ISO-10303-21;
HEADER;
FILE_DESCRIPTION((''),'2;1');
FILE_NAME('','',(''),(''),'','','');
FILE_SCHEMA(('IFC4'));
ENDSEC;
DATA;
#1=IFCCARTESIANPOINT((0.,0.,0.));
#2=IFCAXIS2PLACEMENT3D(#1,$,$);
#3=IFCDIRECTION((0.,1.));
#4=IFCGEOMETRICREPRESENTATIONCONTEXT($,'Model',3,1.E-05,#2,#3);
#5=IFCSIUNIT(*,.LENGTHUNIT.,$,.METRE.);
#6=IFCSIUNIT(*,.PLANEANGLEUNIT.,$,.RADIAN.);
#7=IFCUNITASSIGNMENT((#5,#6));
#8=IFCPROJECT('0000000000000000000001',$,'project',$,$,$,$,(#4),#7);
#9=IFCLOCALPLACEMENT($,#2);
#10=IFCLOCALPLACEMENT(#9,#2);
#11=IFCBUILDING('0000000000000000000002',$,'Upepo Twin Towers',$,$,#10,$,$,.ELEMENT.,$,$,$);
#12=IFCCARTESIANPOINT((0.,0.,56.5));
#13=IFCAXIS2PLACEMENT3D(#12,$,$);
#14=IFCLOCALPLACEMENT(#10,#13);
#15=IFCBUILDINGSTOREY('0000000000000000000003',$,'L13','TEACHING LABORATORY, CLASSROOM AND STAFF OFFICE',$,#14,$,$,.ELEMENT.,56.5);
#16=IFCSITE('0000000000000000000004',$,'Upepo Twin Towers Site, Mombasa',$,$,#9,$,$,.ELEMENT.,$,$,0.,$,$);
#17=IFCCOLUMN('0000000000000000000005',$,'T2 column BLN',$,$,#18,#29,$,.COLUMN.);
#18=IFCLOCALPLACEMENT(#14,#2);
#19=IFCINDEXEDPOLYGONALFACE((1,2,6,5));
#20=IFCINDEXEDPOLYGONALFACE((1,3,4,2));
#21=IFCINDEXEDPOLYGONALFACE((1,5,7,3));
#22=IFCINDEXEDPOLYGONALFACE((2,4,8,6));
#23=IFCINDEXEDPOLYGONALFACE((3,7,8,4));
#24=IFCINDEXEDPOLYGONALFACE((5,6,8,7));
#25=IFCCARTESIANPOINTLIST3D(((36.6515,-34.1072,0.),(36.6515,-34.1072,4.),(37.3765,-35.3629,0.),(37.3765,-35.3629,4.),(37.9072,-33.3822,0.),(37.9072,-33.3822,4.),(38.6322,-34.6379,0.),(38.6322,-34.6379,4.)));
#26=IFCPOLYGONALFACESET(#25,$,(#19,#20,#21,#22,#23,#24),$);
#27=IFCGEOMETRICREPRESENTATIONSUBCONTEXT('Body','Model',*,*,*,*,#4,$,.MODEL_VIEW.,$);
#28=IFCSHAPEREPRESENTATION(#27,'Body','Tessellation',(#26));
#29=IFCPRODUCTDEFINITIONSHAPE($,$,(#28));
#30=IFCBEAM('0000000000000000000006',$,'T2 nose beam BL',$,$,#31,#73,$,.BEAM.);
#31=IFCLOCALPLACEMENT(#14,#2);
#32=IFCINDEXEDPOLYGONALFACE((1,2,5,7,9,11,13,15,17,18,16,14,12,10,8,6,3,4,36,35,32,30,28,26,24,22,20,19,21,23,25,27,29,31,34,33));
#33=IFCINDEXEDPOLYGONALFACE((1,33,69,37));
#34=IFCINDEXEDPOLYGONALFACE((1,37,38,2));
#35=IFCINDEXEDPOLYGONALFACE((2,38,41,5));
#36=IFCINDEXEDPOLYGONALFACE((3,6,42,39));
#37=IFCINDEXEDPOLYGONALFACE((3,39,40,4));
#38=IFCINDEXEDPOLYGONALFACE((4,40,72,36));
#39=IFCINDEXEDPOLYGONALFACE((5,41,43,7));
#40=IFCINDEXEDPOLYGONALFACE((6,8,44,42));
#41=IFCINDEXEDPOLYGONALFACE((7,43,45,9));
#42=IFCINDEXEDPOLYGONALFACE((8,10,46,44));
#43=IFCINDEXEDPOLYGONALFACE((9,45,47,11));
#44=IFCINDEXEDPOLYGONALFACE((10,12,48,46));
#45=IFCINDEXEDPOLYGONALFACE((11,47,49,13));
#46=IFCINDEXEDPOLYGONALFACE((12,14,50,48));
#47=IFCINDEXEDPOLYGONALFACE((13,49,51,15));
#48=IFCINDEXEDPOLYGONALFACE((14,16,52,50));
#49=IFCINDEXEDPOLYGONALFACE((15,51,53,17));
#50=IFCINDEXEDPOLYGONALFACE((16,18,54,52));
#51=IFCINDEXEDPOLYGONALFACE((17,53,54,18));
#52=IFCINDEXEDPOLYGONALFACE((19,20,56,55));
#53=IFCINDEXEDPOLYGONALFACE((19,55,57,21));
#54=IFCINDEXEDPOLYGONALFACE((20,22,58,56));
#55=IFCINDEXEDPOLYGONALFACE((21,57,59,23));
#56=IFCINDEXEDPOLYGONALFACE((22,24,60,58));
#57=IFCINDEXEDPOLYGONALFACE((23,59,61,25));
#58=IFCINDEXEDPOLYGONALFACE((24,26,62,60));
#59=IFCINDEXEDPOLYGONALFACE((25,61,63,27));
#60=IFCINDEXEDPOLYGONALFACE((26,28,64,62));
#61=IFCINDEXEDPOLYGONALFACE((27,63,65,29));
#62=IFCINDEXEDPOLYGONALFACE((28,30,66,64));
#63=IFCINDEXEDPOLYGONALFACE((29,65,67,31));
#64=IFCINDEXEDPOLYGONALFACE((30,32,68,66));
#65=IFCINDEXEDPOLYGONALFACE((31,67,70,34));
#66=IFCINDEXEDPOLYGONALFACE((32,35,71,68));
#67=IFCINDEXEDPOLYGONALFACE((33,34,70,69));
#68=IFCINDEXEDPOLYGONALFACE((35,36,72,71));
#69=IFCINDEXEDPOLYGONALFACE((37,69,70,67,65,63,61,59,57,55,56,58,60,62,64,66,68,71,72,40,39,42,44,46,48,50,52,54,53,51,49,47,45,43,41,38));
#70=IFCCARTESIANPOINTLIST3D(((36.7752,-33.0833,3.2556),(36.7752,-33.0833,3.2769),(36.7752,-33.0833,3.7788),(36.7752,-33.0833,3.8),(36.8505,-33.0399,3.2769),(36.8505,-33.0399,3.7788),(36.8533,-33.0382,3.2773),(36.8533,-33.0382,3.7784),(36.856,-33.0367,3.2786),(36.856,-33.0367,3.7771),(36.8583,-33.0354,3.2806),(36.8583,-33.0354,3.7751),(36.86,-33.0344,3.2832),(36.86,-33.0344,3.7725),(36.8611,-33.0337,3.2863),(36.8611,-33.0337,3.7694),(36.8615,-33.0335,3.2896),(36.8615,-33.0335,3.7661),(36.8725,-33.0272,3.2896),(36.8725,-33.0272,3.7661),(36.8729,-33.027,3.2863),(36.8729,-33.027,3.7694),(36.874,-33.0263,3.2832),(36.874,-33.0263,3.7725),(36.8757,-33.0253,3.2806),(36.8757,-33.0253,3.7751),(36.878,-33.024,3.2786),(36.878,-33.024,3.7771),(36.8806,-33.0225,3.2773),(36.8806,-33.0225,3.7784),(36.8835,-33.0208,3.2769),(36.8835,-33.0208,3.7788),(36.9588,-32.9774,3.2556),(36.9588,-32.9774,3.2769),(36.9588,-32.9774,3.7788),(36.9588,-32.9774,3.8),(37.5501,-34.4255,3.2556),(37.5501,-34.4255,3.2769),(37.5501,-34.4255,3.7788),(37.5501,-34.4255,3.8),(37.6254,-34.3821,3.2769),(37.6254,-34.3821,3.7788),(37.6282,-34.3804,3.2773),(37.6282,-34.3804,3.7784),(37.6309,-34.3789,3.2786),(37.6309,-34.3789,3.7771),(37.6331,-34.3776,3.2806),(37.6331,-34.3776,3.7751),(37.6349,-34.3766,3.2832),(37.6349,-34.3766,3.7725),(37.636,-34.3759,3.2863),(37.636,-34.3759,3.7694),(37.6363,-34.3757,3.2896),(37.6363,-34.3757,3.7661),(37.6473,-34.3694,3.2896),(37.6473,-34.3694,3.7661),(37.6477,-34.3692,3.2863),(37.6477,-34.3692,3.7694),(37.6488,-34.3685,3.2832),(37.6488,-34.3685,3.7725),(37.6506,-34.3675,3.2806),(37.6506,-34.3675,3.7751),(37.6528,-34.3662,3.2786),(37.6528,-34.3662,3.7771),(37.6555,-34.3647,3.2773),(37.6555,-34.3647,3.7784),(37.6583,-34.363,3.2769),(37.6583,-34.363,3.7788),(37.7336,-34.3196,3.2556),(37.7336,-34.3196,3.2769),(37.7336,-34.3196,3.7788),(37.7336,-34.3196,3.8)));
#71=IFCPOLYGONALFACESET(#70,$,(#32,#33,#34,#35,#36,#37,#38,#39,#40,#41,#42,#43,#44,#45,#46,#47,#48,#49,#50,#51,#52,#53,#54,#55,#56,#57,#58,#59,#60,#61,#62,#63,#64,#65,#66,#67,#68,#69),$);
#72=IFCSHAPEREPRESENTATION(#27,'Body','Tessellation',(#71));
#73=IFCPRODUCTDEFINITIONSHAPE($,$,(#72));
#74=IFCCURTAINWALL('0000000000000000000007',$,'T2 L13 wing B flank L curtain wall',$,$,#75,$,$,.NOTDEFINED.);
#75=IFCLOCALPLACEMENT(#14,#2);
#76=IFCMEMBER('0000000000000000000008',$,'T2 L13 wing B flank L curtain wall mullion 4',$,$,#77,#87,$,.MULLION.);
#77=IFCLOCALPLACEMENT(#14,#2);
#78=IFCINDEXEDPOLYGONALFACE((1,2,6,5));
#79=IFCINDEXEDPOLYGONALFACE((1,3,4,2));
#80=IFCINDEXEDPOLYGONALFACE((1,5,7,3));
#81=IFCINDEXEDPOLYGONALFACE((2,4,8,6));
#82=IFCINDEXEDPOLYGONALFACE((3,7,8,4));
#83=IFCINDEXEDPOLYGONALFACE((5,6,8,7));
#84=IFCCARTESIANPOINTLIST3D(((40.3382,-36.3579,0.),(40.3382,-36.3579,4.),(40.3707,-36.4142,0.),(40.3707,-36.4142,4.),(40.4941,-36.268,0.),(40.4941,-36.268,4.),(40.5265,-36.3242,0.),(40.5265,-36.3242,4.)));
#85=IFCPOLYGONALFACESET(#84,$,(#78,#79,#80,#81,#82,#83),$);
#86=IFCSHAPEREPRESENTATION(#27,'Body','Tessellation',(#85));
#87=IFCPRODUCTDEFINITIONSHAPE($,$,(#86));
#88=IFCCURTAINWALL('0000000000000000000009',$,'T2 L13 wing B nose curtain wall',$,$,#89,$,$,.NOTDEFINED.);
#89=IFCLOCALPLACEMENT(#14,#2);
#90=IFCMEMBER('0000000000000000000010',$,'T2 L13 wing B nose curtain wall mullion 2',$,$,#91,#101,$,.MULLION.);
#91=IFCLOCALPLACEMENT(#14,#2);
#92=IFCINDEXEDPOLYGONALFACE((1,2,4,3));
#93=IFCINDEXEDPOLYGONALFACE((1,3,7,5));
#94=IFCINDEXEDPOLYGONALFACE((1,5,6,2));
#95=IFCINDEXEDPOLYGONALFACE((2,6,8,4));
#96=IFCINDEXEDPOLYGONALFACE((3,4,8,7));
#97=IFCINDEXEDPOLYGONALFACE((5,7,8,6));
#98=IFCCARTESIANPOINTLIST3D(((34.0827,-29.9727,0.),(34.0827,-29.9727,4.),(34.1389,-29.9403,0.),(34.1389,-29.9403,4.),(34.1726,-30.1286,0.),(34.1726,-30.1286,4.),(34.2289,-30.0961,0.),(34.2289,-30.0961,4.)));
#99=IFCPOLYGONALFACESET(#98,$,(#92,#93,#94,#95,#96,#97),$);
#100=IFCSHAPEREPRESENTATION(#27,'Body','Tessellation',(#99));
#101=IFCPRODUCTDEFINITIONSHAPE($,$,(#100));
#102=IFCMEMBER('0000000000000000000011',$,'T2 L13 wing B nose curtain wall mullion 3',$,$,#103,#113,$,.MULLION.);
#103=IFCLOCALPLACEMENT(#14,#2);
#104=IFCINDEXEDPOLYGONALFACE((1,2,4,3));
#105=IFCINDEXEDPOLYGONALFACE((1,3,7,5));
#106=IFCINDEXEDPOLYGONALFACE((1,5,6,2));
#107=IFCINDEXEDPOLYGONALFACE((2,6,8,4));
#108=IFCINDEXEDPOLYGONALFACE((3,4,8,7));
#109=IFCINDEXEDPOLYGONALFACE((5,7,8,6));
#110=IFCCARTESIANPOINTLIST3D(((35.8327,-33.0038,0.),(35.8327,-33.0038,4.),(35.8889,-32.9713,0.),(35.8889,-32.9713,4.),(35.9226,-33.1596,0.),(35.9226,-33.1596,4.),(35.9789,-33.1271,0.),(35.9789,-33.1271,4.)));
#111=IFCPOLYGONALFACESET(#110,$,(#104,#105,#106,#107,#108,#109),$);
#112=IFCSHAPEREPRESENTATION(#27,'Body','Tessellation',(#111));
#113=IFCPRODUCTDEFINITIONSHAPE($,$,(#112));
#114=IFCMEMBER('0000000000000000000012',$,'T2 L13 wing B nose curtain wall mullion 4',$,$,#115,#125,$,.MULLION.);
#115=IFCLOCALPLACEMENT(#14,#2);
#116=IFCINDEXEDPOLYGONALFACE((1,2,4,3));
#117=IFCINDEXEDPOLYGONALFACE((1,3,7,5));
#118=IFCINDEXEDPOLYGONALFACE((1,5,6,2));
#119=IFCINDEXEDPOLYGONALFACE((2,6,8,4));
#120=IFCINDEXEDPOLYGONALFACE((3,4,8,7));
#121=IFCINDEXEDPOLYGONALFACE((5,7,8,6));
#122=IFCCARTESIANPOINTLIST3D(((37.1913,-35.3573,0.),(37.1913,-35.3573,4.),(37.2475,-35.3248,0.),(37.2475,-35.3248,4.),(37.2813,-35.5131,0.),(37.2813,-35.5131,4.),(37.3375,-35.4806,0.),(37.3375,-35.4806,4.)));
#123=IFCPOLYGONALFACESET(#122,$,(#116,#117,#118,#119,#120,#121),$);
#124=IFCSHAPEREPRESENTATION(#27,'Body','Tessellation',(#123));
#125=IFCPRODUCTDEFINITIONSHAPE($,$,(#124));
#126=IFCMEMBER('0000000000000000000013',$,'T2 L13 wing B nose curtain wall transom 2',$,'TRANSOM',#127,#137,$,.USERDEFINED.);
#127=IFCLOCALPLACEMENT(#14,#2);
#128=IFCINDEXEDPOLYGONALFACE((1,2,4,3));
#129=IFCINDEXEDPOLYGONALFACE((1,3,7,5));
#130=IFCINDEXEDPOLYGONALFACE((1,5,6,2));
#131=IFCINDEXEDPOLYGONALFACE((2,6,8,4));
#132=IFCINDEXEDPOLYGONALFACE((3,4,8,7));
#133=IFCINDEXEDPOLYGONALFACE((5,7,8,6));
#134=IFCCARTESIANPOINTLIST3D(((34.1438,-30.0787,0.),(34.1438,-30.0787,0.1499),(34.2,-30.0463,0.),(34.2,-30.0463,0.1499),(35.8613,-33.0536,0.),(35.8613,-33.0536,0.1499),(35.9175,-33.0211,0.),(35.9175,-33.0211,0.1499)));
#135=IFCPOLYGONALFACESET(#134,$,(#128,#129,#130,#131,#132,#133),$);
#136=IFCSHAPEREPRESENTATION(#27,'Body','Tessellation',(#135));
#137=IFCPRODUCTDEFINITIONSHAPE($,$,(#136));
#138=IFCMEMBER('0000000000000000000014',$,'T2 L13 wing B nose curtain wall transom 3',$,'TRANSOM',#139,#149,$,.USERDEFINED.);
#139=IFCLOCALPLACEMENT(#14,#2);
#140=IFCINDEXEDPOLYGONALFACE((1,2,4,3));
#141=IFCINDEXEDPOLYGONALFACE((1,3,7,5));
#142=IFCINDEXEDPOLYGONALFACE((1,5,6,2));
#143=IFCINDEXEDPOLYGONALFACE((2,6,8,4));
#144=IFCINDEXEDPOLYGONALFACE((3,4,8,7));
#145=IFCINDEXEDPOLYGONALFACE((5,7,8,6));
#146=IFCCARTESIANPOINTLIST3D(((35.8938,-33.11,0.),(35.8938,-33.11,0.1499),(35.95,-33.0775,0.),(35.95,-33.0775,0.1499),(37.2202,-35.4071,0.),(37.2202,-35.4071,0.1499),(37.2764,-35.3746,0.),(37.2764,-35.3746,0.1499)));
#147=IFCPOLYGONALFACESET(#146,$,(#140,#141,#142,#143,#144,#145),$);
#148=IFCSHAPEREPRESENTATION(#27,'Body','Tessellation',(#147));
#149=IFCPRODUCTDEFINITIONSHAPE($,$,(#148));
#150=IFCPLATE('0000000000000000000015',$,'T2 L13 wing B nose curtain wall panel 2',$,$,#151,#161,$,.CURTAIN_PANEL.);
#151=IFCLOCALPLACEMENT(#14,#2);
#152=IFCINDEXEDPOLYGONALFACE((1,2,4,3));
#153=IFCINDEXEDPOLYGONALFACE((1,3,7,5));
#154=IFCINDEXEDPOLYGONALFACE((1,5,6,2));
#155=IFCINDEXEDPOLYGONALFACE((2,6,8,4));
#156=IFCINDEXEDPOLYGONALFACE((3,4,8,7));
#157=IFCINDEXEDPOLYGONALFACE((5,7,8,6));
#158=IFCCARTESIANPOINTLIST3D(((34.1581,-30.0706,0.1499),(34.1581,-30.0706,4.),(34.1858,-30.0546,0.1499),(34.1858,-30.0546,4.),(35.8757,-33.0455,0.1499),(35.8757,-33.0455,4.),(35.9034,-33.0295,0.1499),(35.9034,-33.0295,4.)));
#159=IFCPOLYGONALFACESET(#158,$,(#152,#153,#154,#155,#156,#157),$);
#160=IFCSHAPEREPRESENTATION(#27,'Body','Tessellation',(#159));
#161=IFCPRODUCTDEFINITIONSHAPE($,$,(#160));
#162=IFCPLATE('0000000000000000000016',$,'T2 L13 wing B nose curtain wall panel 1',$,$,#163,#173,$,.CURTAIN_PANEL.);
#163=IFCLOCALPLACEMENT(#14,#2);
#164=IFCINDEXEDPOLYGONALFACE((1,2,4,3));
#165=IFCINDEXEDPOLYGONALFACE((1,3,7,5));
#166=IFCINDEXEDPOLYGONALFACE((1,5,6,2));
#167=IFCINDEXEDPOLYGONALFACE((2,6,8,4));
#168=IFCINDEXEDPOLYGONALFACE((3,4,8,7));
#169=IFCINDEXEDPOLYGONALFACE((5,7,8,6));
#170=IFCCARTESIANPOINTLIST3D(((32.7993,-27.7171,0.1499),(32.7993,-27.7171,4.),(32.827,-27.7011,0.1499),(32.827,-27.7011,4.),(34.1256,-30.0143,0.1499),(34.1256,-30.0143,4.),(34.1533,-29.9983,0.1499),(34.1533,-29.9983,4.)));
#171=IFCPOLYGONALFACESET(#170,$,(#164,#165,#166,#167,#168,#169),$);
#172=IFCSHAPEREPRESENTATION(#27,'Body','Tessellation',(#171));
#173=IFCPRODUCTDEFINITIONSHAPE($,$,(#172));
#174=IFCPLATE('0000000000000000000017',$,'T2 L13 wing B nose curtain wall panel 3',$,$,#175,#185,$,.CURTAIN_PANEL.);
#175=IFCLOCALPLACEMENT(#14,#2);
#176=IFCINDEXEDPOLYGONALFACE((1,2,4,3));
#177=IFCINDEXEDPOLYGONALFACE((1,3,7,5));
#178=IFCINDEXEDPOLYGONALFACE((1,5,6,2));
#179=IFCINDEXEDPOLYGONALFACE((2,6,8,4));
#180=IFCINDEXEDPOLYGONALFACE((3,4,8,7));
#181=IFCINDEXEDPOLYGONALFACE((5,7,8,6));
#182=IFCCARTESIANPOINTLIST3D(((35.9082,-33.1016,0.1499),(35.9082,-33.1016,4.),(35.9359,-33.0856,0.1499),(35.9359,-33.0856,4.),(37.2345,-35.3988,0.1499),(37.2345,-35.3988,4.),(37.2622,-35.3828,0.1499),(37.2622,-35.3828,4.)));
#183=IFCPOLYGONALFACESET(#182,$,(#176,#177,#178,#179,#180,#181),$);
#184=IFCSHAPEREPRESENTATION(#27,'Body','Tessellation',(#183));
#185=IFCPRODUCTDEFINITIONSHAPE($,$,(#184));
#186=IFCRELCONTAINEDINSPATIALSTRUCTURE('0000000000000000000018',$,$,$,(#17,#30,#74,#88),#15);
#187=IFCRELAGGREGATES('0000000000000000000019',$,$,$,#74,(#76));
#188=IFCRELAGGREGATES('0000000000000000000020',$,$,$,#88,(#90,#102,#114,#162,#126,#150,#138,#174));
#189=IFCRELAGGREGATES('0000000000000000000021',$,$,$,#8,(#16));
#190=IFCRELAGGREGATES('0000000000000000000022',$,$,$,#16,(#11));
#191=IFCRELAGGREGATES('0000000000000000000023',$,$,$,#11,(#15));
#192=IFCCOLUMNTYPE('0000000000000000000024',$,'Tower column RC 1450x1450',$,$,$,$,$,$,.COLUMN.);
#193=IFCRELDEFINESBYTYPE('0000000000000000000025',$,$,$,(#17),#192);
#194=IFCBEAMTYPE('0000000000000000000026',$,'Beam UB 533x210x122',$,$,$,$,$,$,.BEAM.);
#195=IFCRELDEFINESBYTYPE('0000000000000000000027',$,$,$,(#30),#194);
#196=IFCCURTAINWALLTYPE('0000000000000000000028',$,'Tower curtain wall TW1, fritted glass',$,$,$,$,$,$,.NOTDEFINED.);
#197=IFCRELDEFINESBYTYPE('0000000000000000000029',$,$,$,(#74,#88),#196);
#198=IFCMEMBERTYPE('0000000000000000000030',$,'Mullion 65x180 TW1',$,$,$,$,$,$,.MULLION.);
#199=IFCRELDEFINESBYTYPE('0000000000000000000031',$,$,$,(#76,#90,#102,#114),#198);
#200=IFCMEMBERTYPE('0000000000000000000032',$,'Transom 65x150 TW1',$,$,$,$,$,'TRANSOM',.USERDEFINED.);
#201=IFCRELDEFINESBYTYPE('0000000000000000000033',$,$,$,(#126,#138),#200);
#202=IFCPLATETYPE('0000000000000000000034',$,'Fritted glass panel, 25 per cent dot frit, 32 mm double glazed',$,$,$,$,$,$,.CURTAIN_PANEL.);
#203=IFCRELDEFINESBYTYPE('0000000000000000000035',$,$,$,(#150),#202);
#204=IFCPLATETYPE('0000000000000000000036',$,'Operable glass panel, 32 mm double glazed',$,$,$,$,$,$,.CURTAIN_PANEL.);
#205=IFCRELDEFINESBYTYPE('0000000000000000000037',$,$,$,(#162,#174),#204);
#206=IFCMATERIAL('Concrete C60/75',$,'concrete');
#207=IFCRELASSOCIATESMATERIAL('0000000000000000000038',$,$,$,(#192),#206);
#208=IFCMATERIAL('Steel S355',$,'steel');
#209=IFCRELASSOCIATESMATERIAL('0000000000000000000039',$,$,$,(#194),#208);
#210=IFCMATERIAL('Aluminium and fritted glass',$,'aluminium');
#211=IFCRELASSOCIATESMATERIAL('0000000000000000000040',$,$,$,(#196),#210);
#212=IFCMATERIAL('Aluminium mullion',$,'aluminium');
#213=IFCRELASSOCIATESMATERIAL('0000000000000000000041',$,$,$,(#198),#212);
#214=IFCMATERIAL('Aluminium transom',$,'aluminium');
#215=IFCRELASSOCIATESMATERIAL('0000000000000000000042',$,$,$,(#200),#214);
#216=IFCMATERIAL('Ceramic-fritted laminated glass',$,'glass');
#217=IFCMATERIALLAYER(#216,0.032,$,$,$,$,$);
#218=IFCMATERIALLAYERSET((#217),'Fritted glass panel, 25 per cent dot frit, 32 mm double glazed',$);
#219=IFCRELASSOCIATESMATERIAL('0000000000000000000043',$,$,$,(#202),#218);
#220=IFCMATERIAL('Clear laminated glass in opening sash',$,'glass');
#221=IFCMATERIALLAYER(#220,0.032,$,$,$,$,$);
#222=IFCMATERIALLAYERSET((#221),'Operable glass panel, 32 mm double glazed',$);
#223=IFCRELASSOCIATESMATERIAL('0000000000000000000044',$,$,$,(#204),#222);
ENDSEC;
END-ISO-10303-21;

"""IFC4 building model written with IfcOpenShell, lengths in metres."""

from ifc_helpers import new_model, si_unit, direction, frame, origin, origin_2d, place, context, subcontext, project, spatial, rectangle, i_section, extrude, material, layer, layer_set, material_profile, profile_set, type_object, element, aggregate, save


model = new_model("IFC4")

# Units and contexts
model_context = context("Model", 3, precision=1e-05, world=origin(), true_north=direction((0.0, 1.0)))
body_context = subcontext(model_context, "Body", "Model", "MODEL_VIEW")
ifc_project = project(units=[si_unit("LENGTHUNIT", "METRE"), si_unit("PLANEANGLEUNIT", "RADIAN")], contexts=[model_context])

# Site, building, storey
site_placement = place(None, origin())
site = spatial("IfcSite", under=ifc_project, at=site_placement, Name="Upepo Twin Towers Site, Mombasa", CompositionType="ELEMENT", RefElevation=0.0)
building_placement = place(site_placement, origin())
building = spatial("IfcBuilding", under=site, at=building_placement, Name="Upepo Twin Towers", CompositionType="ELEMENT")
storey_placement = place(building_placement, frame((0.0, 0.0, 56.5)))
storey = spatial("IfcBuildingStorey", under=building, at=storey_placement, Name="L13", Description="TEACHING LABORATORY, CLASSROOM AND STAFF OFFICE", CompositionType="ELEMENT", Elevation=56.5)

# Column
ifc_material_1 = material(Name="Concrete C60/75", Category="concrete")
ifc_material_profile_1 = material_profile(ifc_material_1, rectangle(XDim=1.45, YDim=1.45, at=origin_2d()), Name="RC 1450x1450")
ifc_profile_set_1 = profile_set([ifc_material_profile_1], Name="Concrete C60/75")
column_type = type_object("IfcColumnType", Name="Tower column RC 1450x1450", PredefinedType="COLUMN", material=ifc_profile_set_1)
column_placement = place(storey_placement, frame((37.6418, -34.3726, 0.0), z_axis=(0.0, 0.0, 1.0), x_axis=(0.866025, 0.5, 0.0)))
element("IfcColumn", 1, at=column_placement, inside=storey, type_object=column_type, Name="T2 column BLN", PredefinedType="COLUMN", context=body_context, shape_type="SweptSolid", body=[
    extrude(rectangle(XDim=1.45, YDim=1.45, at=origin_2d()), origin(), (0.0, 0.0, 1.0), 4.0),
])

# Beam
ifc_material_2 = material(Name="Steel S355", Category="steel")
ifc_material_profile_2 = material_profile(ifc_material_2, i_section(OverallWidth=0.2119, OverallDepth=0.5444, WebThickness=0.0127, FlangeThickness=0.0212, FilletRadius=0.0127, at=origin_2d()), Name="UB 533x210x122")
ifc_profile_set_2 = profile_set([ifc_material_profile_2], Name="Steel S355")
beam_type = type_object("IfcBeamType", Name="Beam UB 533x210x122", PredefinedType="BEAM", material=ifc_profile_set_2)
beam_placement = place(storey_placement, frame((37.6418, -34.3726, 3.5278), z_axis=(-0.499968, 0.866044, 0.0), x_axis=(-0.866044, -0.499968, 0.0)))
element("IfcBeam", 2, at=beam_placement, inside=storey, type_object=beam_type, Name="T2 nose beam BL", PredefinedType="BEAM", context=body_context, shape_type="SweptSolid", body=[
    extrude(i_section(OverallWidth=0.2119, OverallDepth=0.5444, WebThickness=0.0127, FlangeThickness=0.0212, FilletRadius=0.0127, at=origin_2d()), origin(), (0.0, 0.0, 1.0), 1.5498),
])

# Curtain wall, member
ifc_material_3 = material(Name="Aluminium and fritted glass", Category="aluminium")
curtain_wall_type = type_object("IfcCurtainWallType", Name="Tower curtain wall TW1, fritted glass", PredefinedType="NOTDEFINED", material=ifc_material_3)
curtain_wall_1_placement = place(storey_placement, origin())
curtain_wall_1 = element("IfcCurtainWall", 3, at=curtain_wall_1_placement, inside=storey, type_object=curtain_wall_type, Name="T2 L13 wing B flank L curtain wall", PredefinedType="NOTDEFINED")
ifc_material_4 = material(Name="Aluminium mullion", Category="aluminium")
ifc_material_profile_3 = material_profile(ifc_material_4, rectangle(XDim=0.0649, YDim=0.1799, at=origin_2d()), Name="MULLION 65x180")
ifc_profile_set_3 = profile_set([ifc_material_profile_3], Name="Aluminium mullion")
member_type_1 = type_object("IfcMemberType", Name="Mullion 65x180 TW1", PredefinedType="MULLION", material=ifc_profile_set_3)
member_1_placement = place(storey_placement, frame((40.4324, -36.3411, 0.0), z_axis=(0.0, 0.0, 1.0), x_axis=(0.5, -0.866025, 0.0)))
member_1 = element("IfcMember", 4, at=member_1_placement, type_object=member_type_1, Name="T2 L13 wing B flank L curtain wall mullion 4", PredefinedType="MULLION", context=body_context, shape_type="SweptSolid", body=[
    extrude(rectangle(XDim=0.0649, YDim=0.1799, at=origin_2d()), origin(), (0.0, 0.0, 1.0), 4.0),
])
aggregate(curtain_wall_1, [member_1])

# Curtain wall, members, plates
curtain_wall_2_placement = place(storey_placement, origin())
curtain_wall_2 = element("IfcCurtainWall", 5, at=curtain_wall_2_placement, inside=storey, type_object=curtain_wall_type, Name="T2 L13 wing B nose curtain wall", PredefinedType="NOTDEFINED")
member_2_placement = place(storey_placement, frame((34.1558, -30.0344, 0.0), z_axis=(0.0, 0.0, 1.0), x_axis=(0.866025, 0.5, 0.0)))
member_2 = element("IfcMember", 6, at=member_2_placement, type_object=member_type_1, Name="T2 L13 wing B nose curtain wall mullion 2", PredefinedType="MULLION", context=body_context, shape_type="SweptSolid", body=[
    extrude(rectangle(XDim=0.0649, YDim=0.1799, at=origin_2d()), origin(), (0.0, 0.0, 1.0), 4.0),
])
member_3_placement = place(storey_placement, frame((35.9058, -33.0654, 0.0), z_axis=(0.0, 0.0, 1.0), x_axis=(0.866025, 0.5, 0.0)))
member_3 = element("IfcMember", 7, at=member_3_placement, type_object=member_type_1, Name="T2 L13 wing B nose curtain wall mullion 3", PredefinedType="MULLION", context=body_context, shape_type="SweptSolid", body=[
    extrude(rectangle(XDim=0.0649, YDim=0.1799, at=origin_2d()), origin(), (0.0, 0.0, 1.0), 4.0),
])
member_4_placement = place(storey_placement, frame((37.2644, -35.4189, 0.0), z_axis=(0.0, 0.0, 1.0), x_axis=(0.866025, 0.5, 0.0)))
member_4 = element("IfcMember", 8, at=member_4_placement, type_object=member_type_1, Name="T2 L13 wing B nose curtain wall mullion 4", PredefinedType="MULLION", context=body_context, shape_type="SweptSolid", body=[
    extrude(rectangle(XDim=0.0649, YDim=0.1799, at=origin_2d()), origin(), (0.0, 0.0, 1.0), 4.0),
])
ifc_material_5 = material(Name="Aluminium transom", Category="aluminium")
ifc_material_profile_4 = material_profile(ifc_material_5, rectangle(XDim=0.0649, YDim=0.1499, at=origin_2d()), Name="TRANSOM 65x150")
ifc_profile_set_4 = profile_set([ifc_material_profile_4], Name="Aluminium transom")
member_type_2 = type_object("IfcMemberType", Name="Transom 65x150 TW1", ElementType="TRANSOM", PredefinedType="USERDEFINED", material=ifc_profile_set_4)
member_5_placement = place(storey_placement, frame((34.1719, -30.0625, 0.075), z_axis=(0.499999, -0.866026, 0.0), x_axis=(0.866026, 0.499999, 0.0)))
member_5 = element("IfcMember", 9, at=member_5_placement, type_object=member_type_2, Name="T2 L13 wing B nose curtain wall transom 2", ObjectType="TRANSOM", PredefinedType="USERDEFINED", context=body_context, shape_type="SweptSolid", body=[
    extrude(rectangle(XDim=0.0649, YDim=0.1499, at=origin_2d()), origin(), (0.0, 0.0, 1.0), 3.4351),
])
member_6_placement = place(storey_placement, frame((35.9219, -33.0938, 0.075), z_axis=(0.500049, -0.865997, 0.0), x_axis=(0.865997, 0.500049, 0.0)))
member_6 = element("IfcMember", 10, at=member_6_placement, type_object=member_type_2, Name="T2 L13 wing B nose curtain wall transom 3", ObjectType="TRANSOM", PredefinedType="USERDEFINED", context=body_context, shape_type="SweptSolid", body=[
    extrude(rectangle(XDim=0.0649, YDim=0.1499, at=origin_2d()), origin(), (0.0, 0.0, 1.0), 2.6526),
])
ifc_material_6 = material(Name="Ceramic-fritted laminated glass", Category="glass")
ifc_layer_1 = layer(ifc_material_6, 0.032)
ifc_layer_set_1 = layer_set([ifc_layer_1], Name="Fritted glass panel, 25 per cent dot frit, 32 mm double glazed")
plate_type_1 = type_object("IfcPlateType", Name="Fritted glass panel, 25 per cent dot frit, 32 mm double glazed", PredefinedType="CURTAIN_PANEL", material=ifc_layer_set_1)
plate_1_placement = place(storey_placement, frame((35.0308, -31.55, 0.1499), z_axis=(0.0, 0.0, 1.0), x_axis=(0.5, -0.866025, 0.0)))
plate_1 = element("IfcPlate", 11, at=plate_1_placement, type_object=plate_type_1, Name="T2 L13 wing B nose curtain wall panel 2", PredefinedType="CURTAIN_PANEL", context=body_context, shape_type="SweptSolid", body=[
    extrude(rectangle(XDim=3.4351, YDim=0.032, at=origin_2d()), origin(), (0.0, 0.0, 1.0), 3.8501),
])
ifc_material_7 = material(Name="Clear laminated glass in opening sash", Category="glass")
ifc_layer_2 = layer(ifc_material_7, 0.032)
ifc_layer_set_2 = layer_set([ifc_layer_2], Name="Operable glass panel, 32 mm double glazed")
plate_type_2 = type_object("IfcPlateType", Name="Operable glass panel, 32 mm double glazed", PredefinedType="CURTAIN_PANEL", material=ifc_layer_set_2)
plate_2_placement = place(storey_placement, frame((33.4763, -28.8577, 0.1499), z_axis=(0.0, 0.0, 1.0), x_axis=(0.5, -0.866025, 0.0)))
plate_2 = element("IfcPlate", 12, at=plate_2_placement, type_object=plate_type_2, Name="T2 L13 wing B nose curtain wall panel 1", PredefinedType="CURTAIN_PANEL", context=body_context, shape_type="SweptSolid", body=[
    extrude(rectangle(XDim=2.6526, YDim=0.032, at=origin_2d()), origin(), (0.0, 0.0, 1.0), 3.8501),
])
plate_3_placement = place(storey_placement, frame((36.5852, -34.2422, 0.1499), z_axis=(0.0, 0.0, 1.0), x_axis=(0.5, -0.866025, 0.0)))
plate_3 = element("IfcPlate", 13, at=plate_3_placement, type_object=plate_type_2, Name="T2 L13 wing B nose curtain wall panel 3", PredefinedType="CURTAIN_PANEL", context=body_context, shape_type="SweptSolid", body=[
    extrude(rectangle(XDim=2.6526, YDim=0.032, at=origin_2d()), origin(), (0.0, 0.0, 1.0), 3.8501),
])
aggregate(curtain_wall_2, [member_2, member_3, member_4, plate_2, member_5, plate_1, member_6, plate_3])

save(model, "model.ifc")
